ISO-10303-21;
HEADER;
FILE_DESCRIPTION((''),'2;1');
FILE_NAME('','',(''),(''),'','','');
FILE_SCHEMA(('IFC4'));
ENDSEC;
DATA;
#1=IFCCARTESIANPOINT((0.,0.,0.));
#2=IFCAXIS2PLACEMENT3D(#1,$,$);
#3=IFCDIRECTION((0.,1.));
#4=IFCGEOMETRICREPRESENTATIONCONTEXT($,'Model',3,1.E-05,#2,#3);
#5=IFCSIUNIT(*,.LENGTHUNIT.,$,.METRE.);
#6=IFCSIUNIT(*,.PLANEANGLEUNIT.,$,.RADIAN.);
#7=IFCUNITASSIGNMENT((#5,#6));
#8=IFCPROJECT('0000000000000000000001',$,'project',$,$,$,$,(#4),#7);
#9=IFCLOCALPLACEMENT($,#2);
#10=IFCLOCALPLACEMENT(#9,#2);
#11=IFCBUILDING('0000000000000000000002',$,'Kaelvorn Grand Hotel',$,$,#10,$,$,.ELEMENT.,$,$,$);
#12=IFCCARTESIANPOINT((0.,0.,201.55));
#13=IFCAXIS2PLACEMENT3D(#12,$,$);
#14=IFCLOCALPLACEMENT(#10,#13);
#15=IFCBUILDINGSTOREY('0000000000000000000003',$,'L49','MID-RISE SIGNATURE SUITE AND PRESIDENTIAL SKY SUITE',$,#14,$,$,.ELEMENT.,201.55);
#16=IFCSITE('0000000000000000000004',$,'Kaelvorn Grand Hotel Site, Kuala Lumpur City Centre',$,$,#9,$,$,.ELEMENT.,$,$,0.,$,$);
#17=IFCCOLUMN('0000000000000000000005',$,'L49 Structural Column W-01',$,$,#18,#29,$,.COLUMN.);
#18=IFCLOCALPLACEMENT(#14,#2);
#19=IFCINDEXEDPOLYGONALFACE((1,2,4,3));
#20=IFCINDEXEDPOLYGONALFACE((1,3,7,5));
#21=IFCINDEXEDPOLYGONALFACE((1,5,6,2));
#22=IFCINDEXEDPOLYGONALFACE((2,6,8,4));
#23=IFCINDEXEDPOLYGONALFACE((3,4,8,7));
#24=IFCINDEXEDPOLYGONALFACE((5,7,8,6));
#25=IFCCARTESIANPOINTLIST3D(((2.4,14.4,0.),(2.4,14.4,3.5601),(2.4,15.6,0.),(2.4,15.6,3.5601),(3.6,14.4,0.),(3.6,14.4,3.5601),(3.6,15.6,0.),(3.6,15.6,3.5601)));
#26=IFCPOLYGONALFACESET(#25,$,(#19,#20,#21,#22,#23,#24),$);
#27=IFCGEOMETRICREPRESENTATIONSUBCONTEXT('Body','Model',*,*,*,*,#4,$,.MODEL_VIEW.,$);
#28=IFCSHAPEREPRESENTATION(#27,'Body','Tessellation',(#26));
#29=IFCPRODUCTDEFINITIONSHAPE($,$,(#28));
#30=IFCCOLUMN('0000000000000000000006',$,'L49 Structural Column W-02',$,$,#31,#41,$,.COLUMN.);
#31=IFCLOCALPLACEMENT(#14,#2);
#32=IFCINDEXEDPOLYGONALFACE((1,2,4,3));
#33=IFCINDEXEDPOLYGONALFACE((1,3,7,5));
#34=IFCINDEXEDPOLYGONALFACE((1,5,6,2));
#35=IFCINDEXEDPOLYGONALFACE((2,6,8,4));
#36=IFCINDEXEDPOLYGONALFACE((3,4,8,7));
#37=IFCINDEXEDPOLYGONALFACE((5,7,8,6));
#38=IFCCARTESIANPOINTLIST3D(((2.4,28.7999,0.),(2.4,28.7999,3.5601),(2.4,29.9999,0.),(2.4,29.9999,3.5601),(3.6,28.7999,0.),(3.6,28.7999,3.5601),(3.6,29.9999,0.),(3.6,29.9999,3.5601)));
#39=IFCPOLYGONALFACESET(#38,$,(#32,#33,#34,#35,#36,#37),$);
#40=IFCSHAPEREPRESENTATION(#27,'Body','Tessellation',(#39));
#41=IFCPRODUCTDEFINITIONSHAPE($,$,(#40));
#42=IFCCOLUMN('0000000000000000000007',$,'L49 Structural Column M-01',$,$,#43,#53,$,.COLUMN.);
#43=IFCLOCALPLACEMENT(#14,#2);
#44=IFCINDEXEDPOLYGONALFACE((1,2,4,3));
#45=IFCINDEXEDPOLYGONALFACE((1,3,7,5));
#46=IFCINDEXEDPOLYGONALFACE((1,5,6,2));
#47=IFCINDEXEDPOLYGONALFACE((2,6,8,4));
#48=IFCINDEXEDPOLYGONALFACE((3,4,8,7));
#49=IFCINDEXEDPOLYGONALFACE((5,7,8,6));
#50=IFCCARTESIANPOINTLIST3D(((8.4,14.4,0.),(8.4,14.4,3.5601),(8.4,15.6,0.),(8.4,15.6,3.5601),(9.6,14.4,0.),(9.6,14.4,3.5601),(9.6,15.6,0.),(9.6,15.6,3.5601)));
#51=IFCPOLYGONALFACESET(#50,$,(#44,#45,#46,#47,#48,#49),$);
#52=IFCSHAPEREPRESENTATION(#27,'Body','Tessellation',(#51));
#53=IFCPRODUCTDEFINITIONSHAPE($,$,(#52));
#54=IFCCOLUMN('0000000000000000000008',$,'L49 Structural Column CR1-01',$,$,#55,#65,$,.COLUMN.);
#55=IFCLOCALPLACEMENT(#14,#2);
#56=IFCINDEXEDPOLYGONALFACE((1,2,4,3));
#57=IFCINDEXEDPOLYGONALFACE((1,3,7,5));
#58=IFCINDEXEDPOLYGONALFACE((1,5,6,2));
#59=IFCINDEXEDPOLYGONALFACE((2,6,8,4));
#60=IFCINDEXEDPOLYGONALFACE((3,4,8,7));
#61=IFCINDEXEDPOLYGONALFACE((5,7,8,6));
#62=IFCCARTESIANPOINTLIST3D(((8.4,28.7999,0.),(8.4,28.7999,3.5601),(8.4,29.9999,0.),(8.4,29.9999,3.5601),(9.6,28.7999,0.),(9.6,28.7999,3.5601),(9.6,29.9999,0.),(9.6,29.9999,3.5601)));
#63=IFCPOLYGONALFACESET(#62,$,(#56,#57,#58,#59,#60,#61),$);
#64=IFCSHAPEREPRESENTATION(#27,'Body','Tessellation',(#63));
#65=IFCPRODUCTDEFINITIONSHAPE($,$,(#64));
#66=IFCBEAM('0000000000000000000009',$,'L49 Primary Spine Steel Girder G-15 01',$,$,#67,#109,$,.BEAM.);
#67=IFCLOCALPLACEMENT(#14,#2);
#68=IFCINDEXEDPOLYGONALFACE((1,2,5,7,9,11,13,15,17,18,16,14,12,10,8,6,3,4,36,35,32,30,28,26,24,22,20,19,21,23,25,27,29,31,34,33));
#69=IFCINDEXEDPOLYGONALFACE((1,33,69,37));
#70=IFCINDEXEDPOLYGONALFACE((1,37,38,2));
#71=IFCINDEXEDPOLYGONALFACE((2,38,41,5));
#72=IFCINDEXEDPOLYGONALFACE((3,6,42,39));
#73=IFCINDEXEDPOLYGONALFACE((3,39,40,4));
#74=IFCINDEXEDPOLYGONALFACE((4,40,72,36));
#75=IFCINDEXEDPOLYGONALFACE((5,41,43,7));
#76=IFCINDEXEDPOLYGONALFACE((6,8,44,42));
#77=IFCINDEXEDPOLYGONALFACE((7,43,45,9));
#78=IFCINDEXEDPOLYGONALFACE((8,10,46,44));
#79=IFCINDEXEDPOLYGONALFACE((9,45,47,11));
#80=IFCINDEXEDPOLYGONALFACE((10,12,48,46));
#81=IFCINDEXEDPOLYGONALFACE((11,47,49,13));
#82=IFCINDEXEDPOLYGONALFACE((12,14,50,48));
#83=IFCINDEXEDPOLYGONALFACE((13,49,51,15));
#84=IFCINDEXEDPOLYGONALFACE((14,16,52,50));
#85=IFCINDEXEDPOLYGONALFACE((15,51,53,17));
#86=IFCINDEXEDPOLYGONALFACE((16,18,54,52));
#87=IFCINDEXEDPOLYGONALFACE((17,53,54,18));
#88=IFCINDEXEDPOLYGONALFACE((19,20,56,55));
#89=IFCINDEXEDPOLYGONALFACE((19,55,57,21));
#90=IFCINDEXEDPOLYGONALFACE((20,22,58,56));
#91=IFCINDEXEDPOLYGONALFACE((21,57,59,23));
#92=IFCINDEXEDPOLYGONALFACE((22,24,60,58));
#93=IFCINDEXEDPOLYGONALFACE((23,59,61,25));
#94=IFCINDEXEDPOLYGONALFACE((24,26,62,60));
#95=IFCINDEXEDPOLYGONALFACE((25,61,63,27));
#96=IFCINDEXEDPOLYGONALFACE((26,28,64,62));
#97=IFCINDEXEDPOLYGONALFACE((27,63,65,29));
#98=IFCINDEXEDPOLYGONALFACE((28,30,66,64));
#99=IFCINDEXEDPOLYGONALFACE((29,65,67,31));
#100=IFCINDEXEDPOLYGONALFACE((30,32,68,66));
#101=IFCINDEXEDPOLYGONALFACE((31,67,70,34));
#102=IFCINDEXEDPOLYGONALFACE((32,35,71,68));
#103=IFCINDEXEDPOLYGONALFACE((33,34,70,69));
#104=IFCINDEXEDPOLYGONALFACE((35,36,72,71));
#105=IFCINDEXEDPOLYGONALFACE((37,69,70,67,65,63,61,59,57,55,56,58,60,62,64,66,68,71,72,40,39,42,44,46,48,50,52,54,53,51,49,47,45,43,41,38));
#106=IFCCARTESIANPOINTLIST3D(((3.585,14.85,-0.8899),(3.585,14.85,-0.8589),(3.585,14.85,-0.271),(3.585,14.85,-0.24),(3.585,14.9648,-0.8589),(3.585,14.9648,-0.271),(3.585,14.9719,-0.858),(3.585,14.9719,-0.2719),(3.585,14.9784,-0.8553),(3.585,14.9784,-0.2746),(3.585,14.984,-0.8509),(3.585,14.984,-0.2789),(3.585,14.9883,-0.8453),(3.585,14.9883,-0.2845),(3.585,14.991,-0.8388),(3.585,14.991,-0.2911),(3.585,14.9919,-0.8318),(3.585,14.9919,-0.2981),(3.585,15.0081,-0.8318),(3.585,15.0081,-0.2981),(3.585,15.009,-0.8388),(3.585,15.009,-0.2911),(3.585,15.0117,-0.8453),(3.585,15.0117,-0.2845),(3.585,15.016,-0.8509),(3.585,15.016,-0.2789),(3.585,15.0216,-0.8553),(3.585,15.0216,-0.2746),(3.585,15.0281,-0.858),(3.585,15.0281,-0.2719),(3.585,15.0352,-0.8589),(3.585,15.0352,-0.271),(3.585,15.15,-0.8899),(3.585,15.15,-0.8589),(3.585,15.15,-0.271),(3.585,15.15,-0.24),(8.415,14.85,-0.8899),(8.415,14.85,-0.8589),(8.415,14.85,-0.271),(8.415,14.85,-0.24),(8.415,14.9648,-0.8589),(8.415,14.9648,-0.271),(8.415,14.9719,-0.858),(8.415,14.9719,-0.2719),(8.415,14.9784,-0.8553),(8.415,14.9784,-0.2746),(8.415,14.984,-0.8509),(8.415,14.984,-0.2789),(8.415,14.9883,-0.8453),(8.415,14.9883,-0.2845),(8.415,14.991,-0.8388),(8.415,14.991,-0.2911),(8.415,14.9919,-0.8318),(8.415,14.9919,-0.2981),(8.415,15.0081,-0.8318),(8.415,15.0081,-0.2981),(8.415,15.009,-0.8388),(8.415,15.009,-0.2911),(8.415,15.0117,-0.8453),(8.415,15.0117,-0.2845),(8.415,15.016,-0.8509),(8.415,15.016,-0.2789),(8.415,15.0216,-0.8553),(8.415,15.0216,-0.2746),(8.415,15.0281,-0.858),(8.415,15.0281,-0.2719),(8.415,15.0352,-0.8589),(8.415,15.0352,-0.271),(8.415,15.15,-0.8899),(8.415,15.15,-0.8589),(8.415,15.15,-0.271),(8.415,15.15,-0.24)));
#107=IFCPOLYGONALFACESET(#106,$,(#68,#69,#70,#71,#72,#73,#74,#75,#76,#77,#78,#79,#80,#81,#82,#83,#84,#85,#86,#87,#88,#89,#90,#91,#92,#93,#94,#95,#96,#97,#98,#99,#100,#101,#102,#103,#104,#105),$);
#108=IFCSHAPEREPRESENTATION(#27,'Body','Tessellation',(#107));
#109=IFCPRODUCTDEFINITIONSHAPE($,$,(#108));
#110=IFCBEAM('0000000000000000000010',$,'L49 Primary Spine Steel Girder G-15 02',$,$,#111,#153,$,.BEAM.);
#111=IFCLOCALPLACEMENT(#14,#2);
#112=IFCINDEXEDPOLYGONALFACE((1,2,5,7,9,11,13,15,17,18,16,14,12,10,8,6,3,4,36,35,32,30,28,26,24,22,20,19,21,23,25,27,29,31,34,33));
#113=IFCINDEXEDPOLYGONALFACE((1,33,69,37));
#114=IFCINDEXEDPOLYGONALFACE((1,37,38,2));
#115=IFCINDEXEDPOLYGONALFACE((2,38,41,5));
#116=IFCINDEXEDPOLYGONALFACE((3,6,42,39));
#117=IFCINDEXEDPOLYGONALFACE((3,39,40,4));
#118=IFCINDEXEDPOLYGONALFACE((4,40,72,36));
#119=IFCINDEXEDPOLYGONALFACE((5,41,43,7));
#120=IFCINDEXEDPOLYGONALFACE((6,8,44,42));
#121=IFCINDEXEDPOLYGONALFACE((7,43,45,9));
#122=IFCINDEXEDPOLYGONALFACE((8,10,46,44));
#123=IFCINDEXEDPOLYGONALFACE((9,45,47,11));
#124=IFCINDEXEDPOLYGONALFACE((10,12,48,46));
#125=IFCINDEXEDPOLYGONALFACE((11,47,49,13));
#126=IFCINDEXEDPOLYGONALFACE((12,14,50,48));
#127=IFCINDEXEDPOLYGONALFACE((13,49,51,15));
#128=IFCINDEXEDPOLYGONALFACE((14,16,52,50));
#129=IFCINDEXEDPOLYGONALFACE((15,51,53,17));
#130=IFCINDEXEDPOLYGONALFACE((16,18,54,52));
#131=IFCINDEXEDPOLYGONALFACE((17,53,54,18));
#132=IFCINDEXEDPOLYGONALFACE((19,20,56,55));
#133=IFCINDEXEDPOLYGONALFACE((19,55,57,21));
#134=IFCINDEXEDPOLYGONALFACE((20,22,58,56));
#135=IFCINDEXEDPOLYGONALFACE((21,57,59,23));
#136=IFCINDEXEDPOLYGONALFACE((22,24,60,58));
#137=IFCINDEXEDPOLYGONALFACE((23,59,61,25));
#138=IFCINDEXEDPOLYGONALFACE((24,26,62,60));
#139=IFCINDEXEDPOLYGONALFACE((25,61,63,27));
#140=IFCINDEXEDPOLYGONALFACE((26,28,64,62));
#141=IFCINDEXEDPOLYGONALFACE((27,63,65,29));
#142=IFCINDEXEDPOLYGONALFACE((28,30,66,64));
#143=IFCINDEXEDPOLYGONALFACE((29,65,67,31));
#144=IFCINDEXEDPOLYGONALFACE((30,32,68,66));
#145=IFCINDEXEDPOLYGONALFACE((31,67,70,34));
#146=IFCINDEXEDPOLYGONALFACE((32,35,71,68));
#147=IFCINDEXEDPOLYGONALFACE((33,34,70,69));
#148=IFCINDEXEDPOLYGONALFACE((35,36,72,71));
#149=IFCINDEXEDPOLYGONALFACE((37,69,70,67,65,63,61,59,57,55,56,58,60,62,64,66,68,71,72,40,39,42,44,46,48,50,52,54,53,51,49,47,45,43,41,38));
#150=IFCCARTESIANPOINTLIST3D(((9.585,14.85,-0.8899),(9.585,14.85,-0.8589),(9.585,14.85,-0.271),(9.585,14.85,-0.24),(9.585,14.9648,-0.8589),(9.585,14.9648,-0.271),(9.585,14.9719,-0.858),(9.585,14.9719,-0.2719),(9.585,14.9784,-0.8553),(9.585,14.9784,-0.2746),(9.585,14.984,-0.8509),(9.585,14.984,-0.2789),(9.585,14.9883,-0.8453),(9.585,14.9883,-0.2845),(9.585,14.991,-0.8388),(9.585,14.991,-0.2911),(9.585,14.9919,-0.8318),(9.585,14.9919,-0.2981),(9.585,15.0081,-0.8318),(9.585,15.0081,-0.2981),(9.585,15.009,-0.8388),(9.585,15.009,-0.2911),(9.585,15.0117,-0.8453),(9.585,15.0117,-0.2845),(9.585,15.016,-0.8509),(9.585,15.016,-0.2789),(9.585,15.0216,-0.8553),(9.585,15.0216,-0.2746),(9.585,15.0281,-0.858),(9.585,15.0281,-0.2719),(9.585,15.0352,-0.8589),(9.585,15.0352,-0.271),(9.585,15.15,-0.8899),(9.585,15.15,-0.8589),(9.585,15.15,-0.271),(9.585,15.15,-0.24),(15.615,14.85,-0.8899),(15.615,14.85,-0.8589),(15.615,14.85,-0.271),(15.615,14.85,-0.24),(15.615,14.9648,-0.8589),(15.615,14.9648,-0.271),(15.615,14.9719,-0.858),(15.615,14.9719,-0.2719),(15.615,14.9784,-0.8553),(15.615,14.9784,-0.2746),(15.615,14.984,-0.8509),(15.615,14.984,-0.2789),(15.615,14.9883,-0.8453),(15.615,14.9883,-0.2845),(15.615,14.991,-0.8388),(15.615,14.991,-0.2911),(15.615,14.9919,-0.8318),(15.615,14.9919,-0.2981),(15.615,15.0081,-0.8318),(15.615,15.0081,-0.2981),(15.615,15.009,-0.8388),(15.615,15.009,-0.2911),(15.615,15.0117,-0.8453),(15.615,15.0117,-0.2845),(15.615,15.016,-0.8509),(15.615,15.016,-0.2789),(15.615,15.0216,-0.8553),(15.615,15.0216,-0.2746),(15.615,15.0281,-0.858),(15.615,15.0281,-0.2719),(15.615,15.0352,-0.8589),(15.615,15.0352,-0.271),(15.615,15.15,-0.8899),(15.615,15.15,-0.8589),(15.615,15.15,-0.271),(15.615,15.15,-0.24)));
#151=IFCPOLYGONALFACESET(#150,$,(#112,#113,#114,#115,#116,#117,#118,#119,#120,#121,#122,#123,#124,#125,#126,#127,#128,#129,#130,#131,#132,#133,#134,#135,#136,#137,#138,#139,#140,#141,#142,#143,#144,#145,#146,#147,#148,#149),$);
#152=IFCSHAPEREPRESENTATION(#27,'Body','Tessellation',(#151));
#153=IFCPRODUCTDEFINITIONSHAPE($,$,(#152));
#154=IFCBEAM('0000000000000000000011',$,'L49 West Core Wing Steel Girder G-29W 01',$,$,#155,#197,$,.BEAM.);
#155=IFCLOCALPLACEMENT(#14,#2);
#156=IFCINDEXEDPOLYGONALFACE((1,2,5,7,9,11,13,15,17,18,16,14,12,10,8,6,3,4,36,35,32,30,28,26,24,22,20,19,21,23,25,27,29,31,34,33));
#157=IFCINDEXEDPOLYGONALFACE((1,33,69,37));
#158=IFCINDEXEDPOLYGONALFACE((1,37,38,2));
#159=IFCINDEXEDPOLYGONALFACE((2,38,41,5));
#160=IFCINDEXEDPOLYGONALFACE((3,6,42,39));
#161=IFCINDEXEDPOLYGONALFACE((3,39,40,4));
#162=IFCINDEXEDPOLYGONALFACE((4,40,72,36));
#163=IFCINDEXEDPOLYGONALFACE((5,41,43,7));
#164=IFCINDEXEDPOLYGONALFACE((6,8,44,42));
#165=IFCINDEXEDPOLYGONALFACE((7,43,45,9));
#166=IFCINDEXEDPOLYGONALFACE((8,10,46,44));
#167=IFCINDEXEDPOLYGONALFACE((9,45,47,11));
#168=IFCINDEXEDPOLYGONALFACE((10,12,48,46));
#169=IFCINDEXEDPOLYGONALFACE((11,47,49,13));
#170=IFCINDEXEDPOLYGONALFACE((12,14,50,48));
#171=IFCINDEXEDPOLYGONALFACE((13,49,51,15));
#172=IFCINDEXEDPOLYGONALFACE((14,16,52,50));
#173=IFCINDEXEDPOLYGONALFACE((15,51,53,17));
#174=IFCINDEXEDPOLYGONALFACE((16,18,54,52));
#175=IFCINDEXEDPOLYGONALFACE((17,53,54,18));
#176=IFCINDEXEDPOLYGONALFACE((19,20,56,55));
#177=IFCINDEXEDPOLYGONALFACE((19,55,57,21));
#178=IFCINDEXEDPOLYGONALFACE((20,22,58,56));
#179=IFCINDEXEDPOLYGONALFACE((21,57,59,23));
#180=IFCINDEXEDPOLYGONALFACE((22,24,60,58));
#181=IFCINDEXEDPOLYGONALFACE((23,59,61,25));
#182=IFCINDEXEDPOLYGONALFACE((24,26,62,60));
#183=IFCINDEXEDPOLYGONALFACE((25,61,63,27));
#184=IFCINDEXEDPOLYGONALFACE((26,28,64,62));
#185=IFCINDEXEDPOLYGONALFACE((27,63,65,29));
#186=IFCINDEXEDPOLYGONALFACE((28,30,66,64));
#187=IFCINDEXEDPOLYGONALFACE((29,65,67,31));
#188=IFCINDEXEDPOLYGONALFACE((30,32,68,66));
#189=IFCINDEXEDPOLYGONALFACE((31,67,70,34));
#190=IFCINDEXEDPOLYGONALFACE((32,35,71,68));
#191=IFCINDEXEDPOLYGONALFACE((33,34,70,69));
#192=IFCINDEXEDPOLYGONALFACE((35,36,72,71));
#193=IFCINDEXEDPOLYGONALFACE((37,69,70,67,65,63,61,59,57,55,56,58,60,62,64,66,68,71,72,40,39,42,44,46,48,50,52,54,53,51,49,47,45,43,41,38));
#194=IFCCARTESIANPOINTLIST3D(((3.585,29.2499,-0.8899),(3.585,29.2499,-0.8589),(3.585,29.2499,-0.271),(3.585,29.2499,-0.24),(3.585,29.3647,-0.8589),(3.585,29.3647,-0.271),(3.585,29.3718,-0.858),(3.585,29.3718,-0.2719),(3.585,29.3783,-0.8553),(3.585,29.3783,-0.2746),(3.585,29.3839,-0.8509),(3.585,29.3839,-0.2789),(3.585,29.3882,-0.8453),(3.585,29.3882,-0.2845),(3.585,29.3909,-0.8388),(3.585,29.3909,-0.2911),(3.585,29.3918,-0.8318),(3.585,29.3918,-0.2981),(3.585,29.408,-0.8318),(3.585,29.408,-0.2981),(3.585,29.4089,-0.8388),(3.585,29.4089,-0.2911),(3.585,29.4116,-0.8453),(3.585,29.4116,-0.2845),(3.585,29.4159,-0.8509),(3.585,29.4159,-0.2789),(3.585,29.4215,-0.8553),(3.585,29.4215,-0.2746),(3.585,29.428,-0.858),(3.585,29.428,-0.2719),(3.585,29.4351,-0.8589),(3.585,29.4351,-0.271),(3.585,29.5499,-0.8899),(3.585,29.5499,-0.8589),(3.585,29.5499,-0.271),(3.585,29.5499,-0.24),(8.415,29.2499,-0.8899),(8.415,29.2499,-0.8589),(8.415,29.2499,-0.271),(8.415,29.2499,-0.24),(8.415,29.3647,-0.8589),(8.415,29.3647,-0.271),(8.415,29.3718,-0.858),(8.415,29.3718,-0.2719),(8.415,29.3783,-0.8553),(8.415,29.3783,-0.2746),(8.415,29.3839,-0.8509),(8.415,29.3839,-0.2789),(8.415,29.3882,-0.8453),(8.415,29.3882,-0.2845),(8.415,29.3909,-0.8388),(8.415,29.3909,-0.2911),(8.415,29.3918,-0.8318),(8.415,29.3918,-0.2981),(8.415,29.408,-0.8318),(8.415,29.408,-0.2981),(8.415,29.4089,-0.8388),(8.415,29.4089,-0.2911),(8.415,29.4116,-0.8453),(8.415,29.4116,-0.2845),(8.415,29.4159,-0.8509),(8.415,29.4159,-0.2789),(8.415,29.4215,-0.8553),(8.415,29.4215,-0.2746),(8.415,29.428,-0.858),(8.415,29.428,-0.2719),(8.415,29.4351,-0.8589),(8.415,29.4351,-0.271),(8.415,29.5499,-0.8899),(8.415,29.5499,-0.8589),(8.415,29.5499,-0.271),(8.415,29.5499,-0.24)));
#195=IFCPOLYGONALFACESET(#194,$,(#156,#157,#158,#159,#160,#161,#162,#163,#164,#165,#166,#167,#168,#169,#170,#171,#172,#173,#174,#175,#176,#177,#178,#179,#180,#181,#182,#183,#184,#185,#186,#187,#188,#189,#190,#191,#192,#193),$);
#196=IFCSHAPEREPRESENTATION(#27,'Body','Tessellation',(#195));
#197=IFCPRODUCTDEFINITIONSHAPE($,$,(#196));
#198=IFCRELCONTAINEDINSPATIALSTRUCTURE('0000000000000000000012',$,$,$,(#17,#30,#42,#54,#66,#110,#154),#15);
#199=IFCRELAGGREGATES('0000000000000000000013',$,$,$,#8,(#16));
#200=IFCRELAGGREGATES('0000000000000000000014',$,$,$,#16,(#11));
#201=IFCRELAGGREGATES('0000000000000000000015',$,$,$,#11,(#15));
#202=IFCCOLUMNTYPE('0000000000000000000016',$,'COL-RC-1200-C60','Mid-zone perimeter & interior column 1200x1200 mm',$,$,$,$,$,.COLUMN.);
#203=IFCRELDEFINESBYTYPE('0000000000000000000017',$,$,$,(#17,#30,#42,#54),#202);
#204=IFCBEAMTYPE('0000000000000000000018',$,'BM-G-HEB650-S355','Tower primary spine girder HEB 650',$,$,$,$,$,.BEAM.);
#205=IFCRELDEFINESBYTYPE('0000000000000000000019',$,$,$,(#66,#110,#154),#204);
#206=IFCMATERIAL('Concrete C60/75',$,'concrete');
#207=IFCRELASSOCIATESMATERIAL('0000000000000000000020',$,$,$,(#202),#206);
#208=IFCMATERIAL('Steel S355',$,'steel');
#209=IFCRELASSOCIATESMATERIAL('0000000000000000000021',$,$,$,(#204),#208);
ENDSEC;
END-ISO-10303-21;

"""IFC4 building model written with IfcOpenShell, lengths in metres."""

from ifc_helpers import new_model, si_unit, direction, frame, origin, origin_2d, place, context, subcontext, project, spatial, rectangle, i_section, extrude, material, material_profile, profile_set, type_object, element, save


model = new_model("IFC4")

# Units and contexts
model_context = context("Model", 3, precision=1e-05, world=origin(), true_north=direction((0.0, 1.0)))
body_context = subcontext(model_context, "Body", "Model", "MODEL_VIEW")
ifc_project = project(units=[si_unit("LENGTHUNIT", "METRE"), si_unit("PLANEANGLEUNIT", "RADIAN")], contexts=[model_context])

# Site, building, storey
site_placement = place(None, origin())
site = spatial("IfcSite", under=ifc_project, at=site_placement, Name="Kaelvorn Grand Hotel Site, Kuala Lumpur City Centre", CompositionType="ELEMENT", RefElevation=0.0)
building_placement = place(site_placement, origin())
building = spatial("IfcBuilding", under=site, at=building_placement, Name="Kaelvorn Grand Hotel", CompositionType="ELEMENT")
storey_placement = place(building_placement, frame((0.0, 0.0, 201.55)))
storey = spatial("IfcBuildingStorey", under=building, at=storey_placement, Name="L49", Description="MID-RISE SIGNATURE SUITE AND PRESIDENTIAL SKY SUITE", CompositionType="ELEMENT", Elevation=201.55)

# Columns
ifc_material_1 = material(Name="Concrete C60/75", Category="concrete")
ifc_material_profile_1 = material_profile(ifc_material_1, rectangle(XDim=1.2, YDim=1.2, at=origin_2d()), Name="RC COL 1200x1200")
ifc_profile_set_1 = profile_set([ifc_material_profile_1], Name="Concrete C60/75")
column_type = type_object("IfcColumnType", Name="COL-RC-1200-C60", Description="Mid-zone perimeter & interior column 1200x1200 mm", PredefinedType="COLUMN", material=ifc_profile_set_1)
for number, where, z_axis, x_axis, name in (
    (1, (3.0, 15.0, 0.0), (0.0, 0.0, 1.0), (1.0, 0.0, 0.0), "L49 Structural Column W-01"),
    (2, (3.0, 29.3999, 0.0), (0.0, 0.0, 1.0), (1.0, 0.0, 0.0), "L49 Structural Column W-02"),
    (3, (9.0, 15.0, 0.0), (0.0, 0.0, 1.0), (1.0, 0.0, 0.0), "L49 Structural Column M-01"),
    (4, (9.0, 29.3999, 0.0), (0.0, 0.0, 1.0), (1.0, 0.0, 0.0), "L49 Structural Column CR1-01"),
):
    element("IfcColumn", number, at=place(storey_placement, frame(where, z_axis=z_axis, x_axis=x_axis)), inside=storey, type_object=column_type, Name=name, PredefinedType="COLUMN", context=body_context, shape_type="SweptSolid", body=[
        extrude(rectangle(XDim=1.2, YDim=1.2, at=origin_2d()), origin(), (0.0, 0.0, 1.0), 3.5601),
    ])

# Beams
ifc_material_2 = material(Name="Steel S355", Category="steel")
ifc_material_profile_2 = material_profile(ifc_material_2, i_section(OverallWidth=0.3, OverallDepth=0.6499, WebThickness=0.0161, FlangeThickness=0.031, FilletRadius=0.0271, at=origin_2d()), Name="HEB 650")
ifc_profile_set_2 = profile_set([ifc_material_profile_2], Name="Steel S355")
beam_type_1 = type_object("IfcBeamType", Name="BM-G-HEB650-S355", Description="Tower primary spine girder HEB 650", PredefinedType="BEAM", material=ifc_profile_set_2)
beam_1_placement = place(storey_placement, frame((3.585, 15.0, -0.5649), z_axis=(1.0, 0.0, 0.0), x_axis=(0.0, 1.0, 0.0)))
element("IfcBeam", 5, at=beam_1_placement, inside=storey, type_object=beam_type_1, Name="L49 Primary Spine Steel Girder G-15 01", PredefinedType="BEAM", context=body_context, shape_type="SweptSolid", body=[
    extrude(i_section(OverallWidth=0.3, OverallDepth=0.6499, WebThickness=0.0161, FlangeThickness=0.031, FilletRadius=0.0271, at=origin_2d()), origin(), (0.0, 0.0, 1.0), 4.8301),
])
beam_2_placement = place(storey_placement, frame((9.585, 15.0, -0.5649), z_axis=(1.0, 0.0, 0.0), x_axis=(0.0, 1.0, 0.0)))
element("IfcBeam", 6, at=beam_2_placement, inside=storey, type_object=beam_type_1, Name="L49 Primary Spine Steel Girder G-15 02", PredefinedType="BEAM", context=body_context, shape_type="SweptSolid", body=[
    extrude(i_section(OverallWidth=0.3, OverallDepth=0.6499, WebThickness=0.0161, FlangeThickness=0.031, FilletRadius=0.0271, at=origin_2d()), origin(), (0.0, 0.0, 1.0), 6.03),
])
beam_3_placement = place(storey_placement, frame((3.585, 29.3999, -0.5649), z_axis=(1.0, 0.0, 0.0), x_axis=(0.0, 1.0, 0.0)))
element("IfcBeam", 7, at=beam_3_placement, inside=storey, type_object=beam_type_1, Name="L49 West Core Wing Steel Girder G-29W 01", PredefinedType="BEAM", context=body_context, shape_type="SweptSolid", body=[
    extrude(i_section(OverallWidth=0.3, OverallDepth=0.6499, WebThickness=0.0161, FlangeThickness=0.031, FilletRadius=0.0271, at=origin_2d()), origin(), (0.0, 0.0, 1.0), 4.8301),
])

save(model, "model.ifc")
